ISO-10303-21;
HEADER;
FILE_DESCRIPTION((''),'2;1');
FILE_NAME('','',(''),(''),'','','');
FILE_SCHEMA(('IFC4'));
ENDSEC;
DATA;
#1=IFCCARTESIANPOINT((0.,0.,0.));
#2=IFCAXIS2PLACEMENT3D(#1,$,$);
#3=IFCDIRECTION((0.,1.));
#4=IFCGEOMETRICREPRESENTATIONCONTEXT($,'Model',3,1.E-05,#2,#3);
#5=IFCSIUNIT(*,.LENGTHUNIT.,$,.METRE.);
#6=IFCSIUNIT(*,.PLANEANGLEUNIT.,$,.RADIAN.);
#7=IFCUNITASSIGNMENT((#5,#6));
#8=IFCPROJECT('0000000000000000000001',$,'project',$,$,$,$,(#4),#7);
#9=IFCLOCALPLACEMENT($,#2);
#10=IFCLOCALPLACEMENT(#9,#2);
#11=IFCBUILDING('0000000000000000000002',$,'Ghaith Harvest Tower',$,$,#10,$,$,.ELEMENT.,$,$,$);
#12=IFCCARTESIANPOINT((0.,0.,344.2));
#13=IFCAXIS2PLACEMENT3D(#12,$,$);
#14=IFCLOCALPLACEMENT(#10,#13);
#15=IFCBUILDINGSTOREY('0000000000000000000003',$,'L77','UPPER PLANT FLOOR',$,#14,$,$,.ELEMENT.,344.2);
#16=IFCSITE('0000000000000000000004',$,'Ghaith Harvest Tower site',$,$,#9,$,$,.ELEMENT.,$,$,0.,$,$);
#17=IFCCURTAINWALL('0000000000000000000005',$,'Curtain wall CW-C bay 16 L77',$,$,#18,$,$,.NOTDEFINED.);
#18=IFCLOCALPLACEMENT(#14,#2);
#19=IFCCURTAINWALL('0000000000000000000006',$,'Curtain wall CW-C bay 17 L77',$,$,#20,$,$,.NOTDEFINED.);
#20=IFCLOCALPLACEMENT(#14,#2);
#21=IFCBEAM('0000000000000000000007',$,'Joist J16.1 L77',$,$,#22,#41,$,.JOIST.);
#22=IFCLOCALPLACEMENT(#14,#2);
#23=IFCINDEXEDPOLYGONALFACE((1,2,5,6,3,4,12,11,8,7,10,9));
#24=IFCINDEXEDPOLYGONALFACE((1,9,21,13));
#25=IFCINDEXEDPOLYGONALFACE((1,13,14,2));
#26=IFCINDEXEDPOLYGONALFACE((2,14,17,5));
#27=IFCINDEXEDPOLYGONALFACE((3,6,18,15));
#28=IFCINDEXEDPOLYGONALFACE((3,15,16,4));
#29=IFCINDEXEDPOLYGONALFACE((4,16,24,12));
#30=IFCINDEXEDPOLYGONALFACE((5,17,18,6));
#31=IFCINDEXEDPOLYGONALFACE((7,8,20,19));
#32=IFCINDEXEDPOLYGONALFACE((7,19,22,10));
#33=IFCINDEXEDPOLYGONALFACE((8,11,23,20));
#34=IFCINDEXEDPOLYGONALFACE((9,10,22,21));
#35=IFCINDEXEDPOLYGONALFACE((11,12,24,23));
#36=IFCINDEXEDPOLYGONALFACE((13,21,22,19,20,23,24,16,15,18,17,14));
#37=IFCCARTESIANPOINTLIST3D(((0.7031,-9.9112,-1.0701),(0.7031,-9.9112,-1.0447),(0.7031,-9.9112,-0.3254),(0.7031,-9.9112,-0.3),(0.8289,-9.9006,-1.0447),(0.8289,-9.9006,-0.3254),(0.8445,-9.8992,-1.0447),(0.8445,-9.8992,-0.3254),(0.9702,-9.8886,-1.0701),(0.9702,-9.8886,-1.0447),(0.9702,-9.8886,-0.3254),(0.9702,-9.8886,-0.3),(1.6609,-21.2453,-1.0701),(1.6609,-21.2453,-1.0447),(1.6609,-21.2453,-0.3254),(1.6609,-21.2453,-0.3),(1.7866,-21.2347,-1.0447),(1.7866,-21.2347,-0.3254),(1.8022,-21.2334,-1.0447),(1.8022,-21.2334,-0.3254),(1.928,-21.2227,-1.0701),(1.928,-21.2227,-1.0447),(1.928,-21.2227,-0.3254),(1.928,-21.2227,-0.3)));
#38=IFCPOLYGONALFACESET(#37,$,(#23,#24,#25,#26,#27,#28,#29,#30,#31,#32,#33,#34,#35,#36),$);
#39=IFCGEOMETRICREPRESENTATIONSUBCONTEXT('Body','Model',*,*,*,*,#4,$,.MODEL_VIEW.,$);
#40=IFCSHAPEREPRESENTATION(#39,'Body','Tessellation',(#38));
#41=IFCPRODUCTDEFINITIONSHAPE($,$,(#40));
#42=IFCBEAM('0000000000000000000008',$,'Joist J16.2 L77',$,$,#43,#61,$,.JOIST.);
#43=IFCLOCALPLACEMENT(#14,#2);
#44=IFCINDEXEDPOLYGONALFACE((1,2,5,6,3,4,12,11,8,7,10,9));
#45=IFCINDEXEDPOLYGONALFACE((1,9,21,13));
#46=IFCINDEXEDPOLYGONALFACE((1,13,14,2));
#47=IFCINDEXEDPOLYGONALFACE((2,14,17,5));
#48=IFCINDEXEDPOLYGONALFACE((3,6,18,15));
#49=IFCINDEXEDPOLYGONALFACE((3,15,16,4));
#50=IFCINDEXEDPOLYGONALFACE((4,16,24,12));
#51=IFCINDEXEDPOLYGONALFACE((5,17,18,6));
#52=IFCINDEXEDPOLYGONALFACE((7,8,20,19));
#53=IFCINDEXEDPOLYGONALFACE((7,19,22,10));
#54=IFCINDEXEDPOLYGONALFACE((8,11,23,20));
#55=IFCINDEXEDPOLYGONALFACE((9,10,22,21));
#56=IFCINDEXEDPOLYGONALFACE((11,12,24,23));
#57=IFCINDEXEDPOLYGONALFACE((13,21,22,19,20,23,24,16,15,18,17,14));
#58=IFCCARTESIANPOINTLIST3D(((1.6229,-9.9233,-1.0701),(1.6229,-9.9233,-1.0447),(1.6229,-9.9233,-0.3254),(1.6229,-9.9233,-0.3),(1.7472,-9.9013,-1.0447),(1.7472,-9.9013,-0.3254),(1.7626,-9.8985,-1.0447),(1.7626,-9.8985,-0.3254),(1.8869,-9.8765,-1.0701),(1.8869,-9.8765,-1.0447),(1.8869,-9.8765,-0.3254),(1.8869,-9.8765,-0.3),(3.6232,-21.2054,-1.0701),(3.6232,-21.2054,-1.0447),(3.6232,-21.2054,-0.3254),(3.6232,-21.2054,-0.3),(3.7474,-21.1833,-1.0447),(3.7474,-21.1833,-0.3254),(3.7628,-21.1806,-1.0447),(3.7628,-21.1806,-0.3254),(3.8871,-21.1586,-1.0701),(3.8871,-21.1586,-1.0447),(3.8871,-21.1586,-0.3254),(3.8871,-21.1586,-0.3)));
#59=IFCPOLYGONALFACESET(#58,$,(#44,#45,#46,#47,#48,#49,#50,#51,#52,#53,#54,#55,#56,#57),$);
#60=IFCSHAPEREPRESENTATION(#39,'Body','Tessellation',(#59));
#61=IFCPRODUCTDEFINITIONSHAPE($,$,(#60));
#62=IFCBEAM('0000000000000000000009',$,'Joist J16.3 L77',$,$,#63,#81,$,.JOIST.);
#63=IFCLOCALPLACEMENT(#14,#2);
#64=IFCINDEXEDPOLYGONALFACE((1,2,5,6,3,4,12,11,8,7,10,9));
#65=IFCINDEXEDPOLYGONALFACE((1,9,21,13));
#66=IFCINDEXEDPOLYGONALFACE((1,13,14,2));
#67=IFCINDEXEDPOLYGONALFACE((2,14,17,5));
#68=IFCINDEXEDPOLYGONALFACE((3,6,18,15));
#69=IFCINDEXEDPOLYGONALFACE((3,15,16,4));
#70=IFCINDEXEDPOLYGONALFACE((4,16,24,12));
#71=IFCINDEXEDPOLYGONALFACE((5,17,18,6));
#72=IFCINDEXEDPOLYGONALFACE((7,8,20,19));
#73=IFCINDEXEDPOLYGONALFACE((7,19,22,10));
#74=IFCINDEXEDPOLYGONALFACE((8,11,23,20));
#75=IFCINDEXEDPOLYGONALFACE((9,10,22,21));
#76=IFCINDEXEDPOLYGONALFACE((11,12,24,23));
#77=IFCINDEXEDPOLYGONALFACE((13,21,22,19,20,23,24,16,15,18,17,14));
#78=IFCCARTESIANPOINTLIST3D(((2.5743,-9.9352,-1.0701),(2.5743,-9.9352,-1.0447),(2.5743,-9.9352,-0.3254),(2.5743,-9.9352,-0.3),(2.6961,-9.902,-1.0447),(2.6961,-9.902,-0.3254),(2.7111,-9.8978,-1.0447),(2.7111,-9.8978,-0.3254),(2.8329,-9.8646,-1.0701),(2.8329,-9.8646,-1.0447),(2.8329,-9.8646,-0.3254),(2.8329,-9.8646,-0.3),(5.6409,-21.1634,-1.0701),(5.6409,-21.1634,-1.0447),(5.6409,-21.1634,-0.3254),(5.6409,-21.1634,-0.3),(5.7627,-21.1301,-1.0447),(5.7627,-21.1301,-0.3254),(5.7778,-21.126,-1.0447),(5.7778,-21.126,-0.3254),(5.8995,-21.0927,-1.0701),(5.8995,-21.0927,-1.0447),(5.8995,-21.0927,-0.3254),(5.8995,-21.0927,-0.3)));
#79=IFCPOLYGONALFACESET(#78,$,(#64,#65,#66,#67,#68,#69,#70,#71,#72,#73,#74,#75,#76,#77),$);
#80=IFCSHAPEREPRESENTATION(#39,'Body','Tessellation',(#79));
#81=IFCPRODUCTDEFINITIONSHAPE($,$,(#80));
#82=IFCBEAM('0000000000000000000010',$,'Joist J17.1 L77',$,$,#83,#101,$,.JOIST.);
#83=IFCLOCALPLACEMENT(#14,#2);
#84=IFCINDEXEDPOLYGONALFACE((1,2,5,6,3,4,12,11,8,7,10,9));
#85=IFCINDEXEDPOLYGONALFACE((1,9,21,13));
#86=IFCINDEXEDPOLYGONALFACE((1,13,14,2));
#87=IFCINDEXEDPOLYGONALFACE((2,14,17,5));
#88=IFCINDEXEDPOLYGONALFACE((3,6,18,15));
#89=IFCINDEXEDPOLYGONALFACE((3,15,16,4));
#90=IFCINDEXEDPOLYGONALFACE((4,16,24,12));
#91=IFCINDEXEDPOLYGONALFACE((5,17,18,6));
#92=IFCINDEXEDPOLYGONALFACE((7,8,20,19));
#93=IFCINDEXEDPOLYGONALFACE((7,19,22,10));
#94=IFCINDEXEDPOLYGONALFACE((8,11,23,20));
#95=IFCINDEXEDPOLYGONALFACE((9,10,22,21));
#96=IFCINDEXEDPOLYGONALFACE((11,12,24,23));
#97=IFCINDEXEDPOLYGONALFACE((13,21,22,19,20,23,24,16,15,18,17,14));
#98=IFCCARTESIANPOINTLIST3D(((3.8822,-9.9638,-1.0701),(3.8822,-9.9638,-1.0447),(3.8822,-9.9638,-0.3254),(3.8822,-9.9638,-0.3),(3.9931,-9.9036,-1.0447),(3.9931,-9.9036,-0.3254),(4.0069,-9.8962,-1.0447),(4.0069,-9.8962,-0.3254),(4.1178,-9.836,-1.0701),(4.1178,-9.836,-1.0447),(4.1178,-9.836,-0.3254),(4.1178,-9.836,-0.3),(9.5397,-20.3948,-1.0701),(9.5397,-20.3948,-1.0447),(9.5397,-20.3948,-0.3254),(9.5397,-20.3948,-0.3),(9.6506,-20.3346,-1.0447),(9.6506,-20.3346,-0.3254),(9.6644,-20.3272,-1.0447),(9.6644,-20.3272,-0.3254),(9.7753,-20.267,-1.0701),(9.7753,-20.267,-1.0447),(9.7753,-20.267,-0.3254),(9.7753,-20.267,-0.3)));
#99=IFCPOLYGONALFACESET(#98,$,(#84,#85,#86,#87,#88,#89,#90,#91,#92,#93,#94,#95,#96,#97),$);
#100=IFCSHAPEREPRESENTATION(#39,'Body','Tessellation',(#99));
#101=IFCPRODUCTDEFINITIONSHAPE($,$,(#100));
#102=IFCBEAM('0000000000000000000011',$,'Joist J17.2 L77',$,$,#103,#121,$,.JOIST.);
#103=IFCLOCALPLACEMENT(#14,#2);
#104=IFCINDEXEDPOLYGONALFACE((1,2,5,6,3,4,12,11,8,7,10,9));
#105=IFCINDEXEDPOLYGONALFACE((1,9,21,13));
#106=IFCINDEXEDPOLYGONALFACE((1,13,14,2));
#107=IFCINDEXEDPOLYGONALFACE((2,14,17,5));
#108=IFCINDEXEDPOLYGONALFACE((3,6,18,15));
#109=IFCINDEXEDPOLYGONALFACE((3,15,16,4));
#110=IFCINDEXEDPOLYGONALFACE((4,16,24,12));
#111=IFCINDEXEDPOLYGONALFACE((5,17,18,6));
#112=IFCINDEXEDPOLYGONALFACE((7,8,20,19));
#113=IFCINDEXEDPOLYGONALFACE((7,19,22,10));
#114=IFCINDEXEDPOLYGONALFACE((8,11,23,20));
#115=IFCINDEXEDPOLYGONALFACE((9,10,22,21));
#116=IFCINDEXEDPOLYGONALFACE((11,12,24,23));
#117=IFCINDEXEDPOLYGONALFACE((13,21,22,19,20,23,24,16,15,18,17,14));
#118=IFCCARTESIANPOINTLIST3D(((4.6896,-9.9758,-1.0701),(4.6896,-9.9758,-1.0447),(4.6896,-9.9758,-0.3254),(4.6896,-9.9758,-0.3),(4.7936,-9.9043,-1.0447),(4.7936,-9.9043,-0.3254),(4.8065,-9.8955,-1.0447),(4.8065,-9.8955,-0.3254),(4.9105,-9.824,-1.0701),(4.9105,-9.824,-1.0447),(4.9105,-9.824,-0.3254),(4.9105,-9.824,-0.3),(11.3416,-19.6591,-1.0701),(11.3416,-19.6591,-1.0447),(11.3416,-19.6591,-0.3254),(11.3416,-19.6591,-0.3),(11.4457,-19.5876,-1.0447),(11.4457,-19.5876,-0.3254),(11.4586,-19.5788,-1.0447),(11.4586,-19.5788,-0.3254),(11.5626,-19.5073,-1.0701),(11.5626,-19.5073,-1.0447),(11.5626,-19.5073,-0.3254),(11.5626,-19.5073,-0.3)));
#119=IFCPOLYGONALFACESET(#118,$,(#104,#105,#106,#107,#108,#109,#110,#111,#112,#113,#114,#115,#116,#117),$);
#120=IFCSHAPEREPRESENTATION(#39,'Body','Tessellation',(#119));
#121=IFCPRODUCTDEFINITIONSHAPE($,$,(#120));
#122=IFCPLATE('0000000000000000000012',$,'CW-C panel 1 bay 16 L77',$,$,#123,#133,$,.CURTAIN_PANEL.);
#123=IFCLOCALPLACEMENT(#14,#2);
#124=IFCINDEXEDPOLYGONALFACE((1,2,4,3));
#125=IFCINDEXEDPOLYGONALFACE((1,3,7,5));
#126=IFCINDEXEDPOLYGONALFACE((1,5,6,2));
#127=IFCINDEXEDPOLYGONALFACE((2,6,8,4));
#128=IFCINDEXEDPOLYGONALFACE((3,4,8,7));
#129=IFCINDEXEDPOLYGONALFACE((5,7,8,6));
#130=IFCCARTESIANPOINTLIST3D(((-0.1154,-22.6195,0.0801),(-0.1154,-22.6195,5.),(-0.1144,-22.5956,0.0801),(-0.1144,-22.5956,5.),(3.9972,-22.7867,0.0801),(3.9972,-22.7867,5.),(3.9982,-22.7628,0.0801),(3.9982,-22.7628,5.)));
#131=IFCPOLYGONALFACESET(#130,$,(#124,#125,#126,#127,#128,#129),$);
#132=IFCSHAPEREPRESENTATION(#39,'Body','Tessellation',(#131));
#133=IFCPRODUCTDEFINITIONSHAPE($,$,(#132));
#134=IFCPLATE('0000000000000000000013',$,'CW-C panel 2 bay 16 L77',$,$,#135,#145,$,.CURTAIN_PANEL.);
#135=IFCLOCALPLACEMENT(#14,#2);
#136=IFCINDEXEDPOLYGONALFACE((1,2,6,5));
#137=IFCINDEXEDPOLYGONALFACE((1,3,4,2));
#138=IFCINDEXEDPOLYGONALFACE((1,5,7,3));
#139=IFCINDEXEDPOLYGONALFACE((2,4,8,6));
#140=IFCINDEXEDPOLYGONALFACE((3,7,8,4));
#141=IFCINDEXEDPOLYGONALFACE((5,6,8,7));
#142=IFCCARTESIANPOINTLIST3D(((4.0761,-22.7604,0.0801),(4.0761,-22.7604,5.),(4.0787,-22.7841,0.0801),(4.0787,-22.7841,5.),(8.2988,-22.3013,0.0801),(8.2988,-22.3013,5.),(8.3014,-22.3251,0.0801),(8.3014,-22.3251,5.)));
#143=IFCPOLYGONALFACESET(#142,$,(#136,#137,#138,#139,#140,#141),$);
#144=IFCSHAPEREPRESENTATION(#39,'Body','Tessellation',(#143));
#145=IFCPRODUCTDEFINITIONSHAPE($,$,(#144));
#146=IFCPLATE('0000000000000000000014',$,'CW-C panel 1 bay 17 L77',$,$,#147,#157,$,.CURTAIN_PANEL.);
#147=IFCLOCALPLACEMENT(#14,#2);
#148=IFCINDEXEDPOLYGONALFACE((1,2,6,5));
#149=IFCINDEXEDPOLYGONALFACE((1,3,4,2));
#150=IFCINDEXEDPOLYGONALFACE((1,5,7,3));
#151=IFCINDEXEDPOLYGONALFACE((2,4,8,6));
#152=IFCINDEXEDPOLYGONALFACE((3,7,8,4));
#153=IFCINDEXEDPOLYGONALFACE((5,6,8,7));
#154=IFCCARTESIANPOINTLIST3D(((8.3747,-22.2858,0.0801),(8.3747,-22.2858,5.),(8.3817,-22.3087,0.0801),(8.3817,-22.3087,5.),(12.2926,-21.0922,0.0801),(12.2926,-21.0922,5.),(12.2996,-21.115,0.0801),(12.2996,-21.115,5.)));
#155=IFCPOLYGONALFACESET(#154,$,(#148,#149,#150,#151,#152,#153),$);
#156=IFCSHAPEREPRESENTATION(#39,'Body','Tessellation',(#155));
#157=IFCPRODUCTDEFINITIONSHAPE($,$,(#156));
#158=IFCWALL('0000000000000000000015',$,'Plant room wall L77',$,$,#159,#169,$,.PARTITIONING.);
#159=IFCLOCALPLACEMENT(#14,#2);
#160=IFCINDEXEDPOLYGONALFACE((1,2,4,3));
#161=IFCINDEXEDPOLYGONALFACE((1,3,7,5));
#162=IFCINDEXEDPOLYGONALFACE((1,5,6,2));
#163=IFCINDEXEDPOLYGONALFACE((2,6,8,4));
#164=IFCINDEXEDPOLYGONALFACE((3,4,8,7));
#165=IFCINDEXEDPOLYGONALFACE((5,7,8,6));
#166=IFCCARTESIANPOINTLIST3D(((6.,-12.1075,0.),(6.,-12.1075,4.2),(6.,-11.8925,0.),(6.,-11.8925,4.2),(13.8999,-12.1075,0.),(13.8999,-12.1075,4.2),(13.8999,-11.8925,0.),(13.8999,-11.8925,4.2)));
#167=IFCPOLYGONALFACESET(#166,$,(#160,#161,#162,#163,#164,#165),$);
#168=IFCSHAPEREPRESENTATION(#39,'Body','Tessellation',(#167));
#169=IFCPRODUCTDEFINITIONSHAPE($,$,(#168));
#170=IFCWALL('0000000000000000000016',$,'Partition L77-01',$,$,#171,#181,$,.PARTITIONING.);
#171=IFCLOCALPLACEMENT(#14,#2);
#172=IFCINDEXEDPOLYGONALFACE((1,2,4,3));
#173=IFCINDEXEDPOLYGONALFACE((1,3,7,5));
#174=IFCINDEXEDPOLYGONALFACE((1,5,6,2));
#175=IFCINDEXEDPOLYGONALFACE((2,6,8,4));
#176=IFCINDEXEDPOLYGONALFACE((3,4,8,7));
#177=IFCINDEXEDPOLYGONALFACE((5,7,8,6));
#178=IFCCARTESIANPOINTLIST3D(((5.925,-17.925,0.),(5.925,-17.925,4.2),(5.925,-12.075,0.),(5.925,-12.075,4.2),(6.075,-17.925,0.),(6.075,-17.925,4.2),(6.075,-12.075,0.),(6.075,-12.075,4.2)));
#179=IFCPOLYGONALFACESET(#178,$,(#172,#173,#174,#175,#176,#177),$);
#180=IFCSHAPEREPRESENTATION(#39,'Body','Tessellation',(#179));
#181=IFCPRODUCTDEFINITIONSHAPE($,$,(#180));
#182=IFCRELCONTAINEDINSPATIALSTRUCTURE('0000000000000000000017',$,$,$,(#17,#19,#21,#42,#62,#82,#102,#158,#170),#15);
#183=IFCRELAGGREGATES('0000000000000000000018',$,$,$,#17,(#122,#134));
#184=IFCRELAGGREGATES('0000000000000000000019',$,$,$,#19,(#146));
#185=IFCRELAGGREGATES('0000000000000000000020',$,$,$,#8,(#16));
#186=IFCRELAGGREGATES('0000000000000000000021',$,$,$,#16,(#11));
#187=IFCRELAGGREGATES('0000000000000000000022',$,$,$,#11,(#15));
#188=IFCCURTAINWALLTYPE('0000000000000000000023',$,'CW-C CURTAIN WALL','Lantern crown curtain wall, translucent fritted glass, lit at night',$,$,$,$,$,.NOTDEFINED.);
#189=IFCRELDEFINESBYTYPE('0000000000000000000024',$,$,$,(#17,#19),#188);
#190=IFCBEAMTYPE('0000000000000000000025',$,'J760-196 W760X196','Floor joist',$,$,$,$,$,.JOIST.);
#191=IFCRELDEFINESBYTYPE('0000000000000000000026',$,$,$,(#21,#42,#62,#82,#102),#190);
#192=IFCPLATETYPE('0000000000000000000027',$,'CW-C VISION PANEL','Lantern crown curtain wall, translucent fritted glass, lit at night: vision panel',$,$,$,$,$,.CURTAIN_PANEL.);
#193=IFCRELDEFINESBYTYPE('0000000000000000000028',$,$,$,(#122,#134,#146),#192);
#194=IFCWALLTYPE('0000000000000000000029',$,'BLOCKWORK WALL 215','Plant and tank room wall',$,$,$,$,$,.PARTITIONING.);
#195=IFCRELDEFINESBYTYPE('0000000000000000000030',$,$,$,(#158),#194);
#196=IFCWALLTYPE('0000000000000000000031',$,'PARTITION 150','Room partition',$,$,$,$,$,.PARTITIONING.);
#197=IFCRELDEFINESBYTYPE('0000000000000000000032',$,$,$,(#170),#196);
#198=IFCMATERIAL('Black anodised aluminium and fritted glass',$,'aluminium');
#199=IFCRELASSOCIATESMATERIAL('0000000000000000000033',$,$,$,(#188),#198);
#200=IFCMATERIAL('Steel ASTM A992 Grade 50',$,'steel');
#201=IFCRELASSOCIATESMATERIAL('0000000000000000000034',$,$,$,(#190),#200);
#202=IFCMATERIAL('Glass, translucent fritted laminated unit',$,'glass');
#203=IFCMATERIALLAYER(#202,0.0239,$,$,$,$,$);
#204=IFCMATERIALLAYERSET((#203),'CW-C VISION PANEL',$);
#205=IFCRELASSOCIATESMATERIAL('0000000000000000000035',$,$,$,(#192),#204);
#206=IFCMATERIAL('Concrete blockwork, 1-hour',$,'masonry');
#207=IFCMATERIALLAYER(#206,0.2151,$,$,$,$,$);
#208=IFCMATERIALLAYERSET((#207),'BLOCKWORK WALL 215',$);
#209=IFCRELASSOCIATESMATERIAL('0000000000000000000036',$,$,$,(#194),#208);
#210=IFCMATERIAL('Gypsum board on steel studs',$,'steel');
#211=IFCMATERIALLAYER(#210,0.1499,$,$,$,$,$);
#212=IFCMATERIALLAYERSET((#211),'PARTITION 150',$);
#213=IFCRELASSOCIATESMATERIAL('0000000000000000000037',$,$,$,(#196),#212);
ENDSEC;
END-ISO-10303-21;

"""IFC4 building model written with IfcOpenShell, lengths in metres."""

from ifc_helpers import new_model, si_unit, direction, frame, frame_2d, origin, origin_2d, place, context, subcontext, project, spatial, rectangle, i_section, extrude, material, layer, layer_set, material_profile, profile_set, type_object, element, aggregate, save


model = new_model("IFC4")

# Units and contexts
model_context = context("Model", 3, precision=1e-05, world=origin(), true_north=direction((0.0, 1.0)))
body_context = subcontext(model_context, "Body", "Model", "MODEL_VIEW")
ifc_project = project(units=[si_unit("LENGTHUNIT", "METRE"), si_unit("PLANEANGLEUNIT", "RADIAN")], contexts=[model_context])

# Site, building, storey
site_placement = place(None, origin())
site = spatial("IfcSite", under=ifc_project, at=site_placement, Name="Ghaith Harvest Tower site", CompositionType="ELEMENT", RefElevation=0.0)
building_placement = place(site_placement, origin())
building = spatial("IfcBuilding", under=site, at=building_placement, Name="Ghaith Harvest Tower", CompositionType="ELEMENT")
storey_placement = place(building_placement, frame((0.0, 0.0, 344.2)))
storey = spatial("IfcBuildingStorey", under=building, at=storey_placement, Name="L77", Description="UPPER PLANT FLOOR", CompositionType="ELEMENT", Elevation=344.2)

# Curtain walls
ifc_material_1 = material(Name="Black anodised aluminium and fritted glass", Category="aluminium")
curtain_wall_type = type_object("IfcCurtainWallType", Name="CW-C CURTAIN WALL", Description="Lantern crown curtain wall, translucent fritted glass, lit at night", PredefinedType="NOTDEFINED", material=ifc_material_1)
curtain_wall_1_placement = place(storey_placement, origin())
curtain_wall_1 = element("IfcCurtainWall", 1, at=curtain_wall_1_placement, inside=storey, type_object=curtain_wall_type, Name="Curtain wall CW-C bay 16 L77", PredefinedType="NOTDEFINED")
curtain_wall_2_placement = place(storey_placement, origin())
curtain_wall_2 = element("IfcCurtainWall", 2, at=curtain_wall_2_placement, inside=storey, type_object=curtain_wall_type, Name="Curtain wall CW-C bay 17 L77", PredefinedType="NOTDEFINED")

# Beams
ifc_material_2 = material(Name="Steel ASTM A992 Grade 50", Category="steel")
ifc_material_profile_1 = material_profile(ifc_material_2, i_section(OverallWidth=0.2681, OverallDepth=0.77, WebThickness=0.0156, FlangeThickness=0.0254, at=origin_2d()), Name="W760X196")
ifc_profile_set_1 = profile_set([ifc_material_profile_1], Name="Steel ASTM A992 Grade 50")
beam_type_1 = type_object("IfcBeamType", Name="J760-196 W760X196", Description="Floor joist", PredefinedType="JOIST", material=ifc_profile_set_1)
beam_1_placement = place(storey_placement, frame((0.8367, -9.8999, -0.6851), z_axis=(0.084202, -0.996449, 0.0), x_axis=(0.996449, 0.084202, 0.0)))
element("IfcBeam", 3, at=beam_1_placement, inside=storey, type_object=beam_type_1, Name="Joist J16.1 L77", PredefinedType="JOIST", context=body_context, shape_type="SweptSolid", body=[
    extrude(i_section(OverallWidth=0.2681, OverallDepth=0.77, WebThickness=0.0156, FlangeThickness=0.0254, at=origin_2d()), origin(), (0.0, 0.0, 1.0), 11.3745),
])
beam_2_placement = place(storey_placement, frame((1.7549, -9.8999, -0.6851), z_axis=(0.174573, -0.984644, 0.0), x_axis=(0.984644, 0.174573, 0.0)))
element("IfcBeam", 4, at=beam_2_placement, inside=storey, type_object=beam_type_1, Name="Joist J16.2 L77", PredefinedType="JOIST", context=body_context, shape_type="SweptSolid", body=[
    extrude(i_section(OverallWidth=0.2681, OverallDepth=0.77, WebThickness=0.0156, FlangeThickness=0.0254, at=origin_2d()), origin(), (0.0, 0.0, 1.0), 11.458),
])
beam_3_placement = place(storey_placement, frame((2.7036, -9.8999, -0.6851), z_axis=(0.263469, -0.964668, 0.0), x_axis=(0.964668, 0.263469, 0.0)))
element("IfcBeam", 5, at=beam_3_placement, inside=storey, type_object=beam_type_1, Name="Joist J16.3 L77", PredefinedType="JOIST", context=body_context, shape_type="SweptSolid", body=[
    extrude(i_section(OverallWidth=0.2681, OverallDepth=0.77, WebThickness=0.0156, FlangeThickness=0.0254, at=origin_2d()), origin(), (0.0, 0.0, 1.0), 11.6394),
])
beam_4_placement = place(storey_placement, frame((4.0, -9.8999, -0.6851), z_axis=(0.476765, -0.879031, 0.0), x_axis=(0.879031, 0.476765, 0.0)))
element("IfcBeam", 6, at=beam_4_placement, inside=storey, type_object=beam_type_1, Name="Joist J17.1 L77", PredefinedType="JOIST", context=body_context, shape_type="SweptSolid", body=[
    extrude(i_section(OverallWidth=0.2681, OverallDepth=0.77, WebThickness=0.0156, FlangeThickness=0.0254, at=origin_2d()), origin(), (0.0, 0.0, 1.0), 11.8665),
])
beam_5_placement = place(storey_placement, frame((4.8, -9.8999, -0.6851), z_axis=(0.566228, -0.824249, 0.0), x_axis=(0.824249, 0.566228, 0.0)))
element("IfcBeam", 7, at=beam_5_placement, inside=storey, type_object=beam_type_1, Name="Joist J17.2 L77", PredefinedType="JOIST", context=body_context, shape_type="SweptSolid", body=[
    extrude(i_section(OverallWidth=0.2681, OverallDepth=0.77, WebThickness=0.0156, FlangeThickness=0.0254, at=origin_2d()), origin(), (0.0, 0.0, 1.0), 11.748),
])

# Plates
ifc_material_3 = material(Name="Glass, translucent fritted laminated unit", Category="glass")
ifc_layer_1 = layer(ifc_material_3, 0.0239)
ifc_layer_set_1 = layer_set([ifc_layer_1], Name="CW-C VISION PANEL")
plate_type = type_object("IfcPlateType", Name="CW-C VISION PANEL", Description="Lantern crown curtain wall, translucent fritted glass, lit at night: vision panel", PredefinedType="CURTAIN_PANEL", material=ifc_layer_set_1)
plate_1_placement = place(storey_placement, frame((1.9414, -22.6912, 0.0801), z_axis=(0.0, 0.0, 1.0), x_axis=(0.999174, -0.040638, 0.0)))
plate_1 = element("IfcPlate", 8, at=plate_1_placement, type_object=plate_type, Name="CW-C panel 1 bay 16 L77", PredefinedType="CURTAIN_PANEL", context=body_context, shape_type="SweptSolid", body=[
    extrude(rectangle(XDim=4.116, YDim=0.0239, at=origin_2d()), origin(), (0.0, 0.0, 1.0), 4.9199),
])
plate_2_placement = place(storey_placement, frame((6.1887, -22.5427, 0.0801), z_axis=(0.0, 0.0, 1.0), x_axis=(0.994143, 0.108074, 0.0)))
plate_2 = element("IfcPlate", 9, at=plate_2_placement, type_object=plate_type, Name="CW-C panel 2 bay 16 L77", PredefinedType="CURTAIN_PANEL", context=body_context, shape_type="SweptSolid", body=[
    extrude(rectangle(XDim=4.2476, YDim=0.0239, at=origin_2d()), origin(), (0.0, 0.0, 1.0), 4.9199),
])
aggregate(curtain_wall_1, [plate_1, plate_2])
plate_3_placement = place(storey_placement, frame((10.3372, -21.7004, 0.0801), z_axis=(0.0, 0.0, 1.0), x_axis=(0.956588, 0.291445, 0.0)))
plate_3 = element("IfcPlate", 10, at=plate_3_placement, type_object=plate_type, Name="CW-C panel 1 bay 17 L77", PredefinedType="CURTAIN_PANEL", context=body_context, shape_type="SweptSolid", body=[
    extrude(rectangle(XDim=4.0957, YDim=0.0239, at=origin_2d()), origin(), (0.0, 0.0, 1.0), 4.9199),
])
aggregate(curtain_wall_2, [plate_3])

# Walls
ifc_material_4 = material(Name="Concrete blockwork, 1-hour", Category="masonry")
ifc_layer_2 = layer(ifc_material_4, 0.2151)
ifc_layer_set_2 = layer_set([ifc_layer_2], Name="BLOCKWORK WALL 215")
wall_type_1 = type_object("IfcWallType", Name="BLOCKWORK WALL 215", Description="Plant and tank room wall", PredefinedType="PARTITIONING", material=ifc_layer_set_2)
wall_1_placement = place(storey_placement, frame((6.0, -12.0, 0.0), z_axis=(0.0, 0.0, 1.0), x_axis=(1.0, 0.0, 0.0)))
element("IfcWall", 11, at=wall_1_placement, inside=storey, type_object=wall_type_1, Name="Plant room wall L77", PredefinedType="PARTITIONING", context=body_context, shape_type="SweptSolid", body=[
    extrude(rectangle(XDim=7.8999, YDim=0.2151, at=frame_2d((3.95, 0.0))), origin(), (0.0, 0.0, 1.0), 4.2),
])
ifc_material_5 = material(Name="Gypsum board on steel studs", Category="steel")
ifc_layer_3 = layer(ifc_material_5, 0.1499)
ifc_layer_set_3 = layer_set([ifc_layer_3], Name="PARTITION 150")
wall_type_2 = type_object("IfcWallType", Name="PARTITION 150", Description="Room partition", PredefinedType="PARTITIONING", material=ifc_layer_set_3)
wall_2_placement = place(storey_placement, frame((6.0, -17.925, 0.0), z_axis=(0.0, 0.0, 1.0), x_axis=(0.0, 1.0, 0.0)))
element("IfcWall", 12, at=wall_2_placement, inside=storey, type_object=wall_type_2, Name="Partition L77-01", PredefinedType="PARTITIONING", context=body_context, shape_type="SweptSolid", body=[
    extrude(rectangle(XDim=5.8501, YDim=0.1499, at=frame_2d((2.925, 0.0))), origin(), (0.0, 0.0, 1.0), 4.2),
])

save(model, "model.ifc")
